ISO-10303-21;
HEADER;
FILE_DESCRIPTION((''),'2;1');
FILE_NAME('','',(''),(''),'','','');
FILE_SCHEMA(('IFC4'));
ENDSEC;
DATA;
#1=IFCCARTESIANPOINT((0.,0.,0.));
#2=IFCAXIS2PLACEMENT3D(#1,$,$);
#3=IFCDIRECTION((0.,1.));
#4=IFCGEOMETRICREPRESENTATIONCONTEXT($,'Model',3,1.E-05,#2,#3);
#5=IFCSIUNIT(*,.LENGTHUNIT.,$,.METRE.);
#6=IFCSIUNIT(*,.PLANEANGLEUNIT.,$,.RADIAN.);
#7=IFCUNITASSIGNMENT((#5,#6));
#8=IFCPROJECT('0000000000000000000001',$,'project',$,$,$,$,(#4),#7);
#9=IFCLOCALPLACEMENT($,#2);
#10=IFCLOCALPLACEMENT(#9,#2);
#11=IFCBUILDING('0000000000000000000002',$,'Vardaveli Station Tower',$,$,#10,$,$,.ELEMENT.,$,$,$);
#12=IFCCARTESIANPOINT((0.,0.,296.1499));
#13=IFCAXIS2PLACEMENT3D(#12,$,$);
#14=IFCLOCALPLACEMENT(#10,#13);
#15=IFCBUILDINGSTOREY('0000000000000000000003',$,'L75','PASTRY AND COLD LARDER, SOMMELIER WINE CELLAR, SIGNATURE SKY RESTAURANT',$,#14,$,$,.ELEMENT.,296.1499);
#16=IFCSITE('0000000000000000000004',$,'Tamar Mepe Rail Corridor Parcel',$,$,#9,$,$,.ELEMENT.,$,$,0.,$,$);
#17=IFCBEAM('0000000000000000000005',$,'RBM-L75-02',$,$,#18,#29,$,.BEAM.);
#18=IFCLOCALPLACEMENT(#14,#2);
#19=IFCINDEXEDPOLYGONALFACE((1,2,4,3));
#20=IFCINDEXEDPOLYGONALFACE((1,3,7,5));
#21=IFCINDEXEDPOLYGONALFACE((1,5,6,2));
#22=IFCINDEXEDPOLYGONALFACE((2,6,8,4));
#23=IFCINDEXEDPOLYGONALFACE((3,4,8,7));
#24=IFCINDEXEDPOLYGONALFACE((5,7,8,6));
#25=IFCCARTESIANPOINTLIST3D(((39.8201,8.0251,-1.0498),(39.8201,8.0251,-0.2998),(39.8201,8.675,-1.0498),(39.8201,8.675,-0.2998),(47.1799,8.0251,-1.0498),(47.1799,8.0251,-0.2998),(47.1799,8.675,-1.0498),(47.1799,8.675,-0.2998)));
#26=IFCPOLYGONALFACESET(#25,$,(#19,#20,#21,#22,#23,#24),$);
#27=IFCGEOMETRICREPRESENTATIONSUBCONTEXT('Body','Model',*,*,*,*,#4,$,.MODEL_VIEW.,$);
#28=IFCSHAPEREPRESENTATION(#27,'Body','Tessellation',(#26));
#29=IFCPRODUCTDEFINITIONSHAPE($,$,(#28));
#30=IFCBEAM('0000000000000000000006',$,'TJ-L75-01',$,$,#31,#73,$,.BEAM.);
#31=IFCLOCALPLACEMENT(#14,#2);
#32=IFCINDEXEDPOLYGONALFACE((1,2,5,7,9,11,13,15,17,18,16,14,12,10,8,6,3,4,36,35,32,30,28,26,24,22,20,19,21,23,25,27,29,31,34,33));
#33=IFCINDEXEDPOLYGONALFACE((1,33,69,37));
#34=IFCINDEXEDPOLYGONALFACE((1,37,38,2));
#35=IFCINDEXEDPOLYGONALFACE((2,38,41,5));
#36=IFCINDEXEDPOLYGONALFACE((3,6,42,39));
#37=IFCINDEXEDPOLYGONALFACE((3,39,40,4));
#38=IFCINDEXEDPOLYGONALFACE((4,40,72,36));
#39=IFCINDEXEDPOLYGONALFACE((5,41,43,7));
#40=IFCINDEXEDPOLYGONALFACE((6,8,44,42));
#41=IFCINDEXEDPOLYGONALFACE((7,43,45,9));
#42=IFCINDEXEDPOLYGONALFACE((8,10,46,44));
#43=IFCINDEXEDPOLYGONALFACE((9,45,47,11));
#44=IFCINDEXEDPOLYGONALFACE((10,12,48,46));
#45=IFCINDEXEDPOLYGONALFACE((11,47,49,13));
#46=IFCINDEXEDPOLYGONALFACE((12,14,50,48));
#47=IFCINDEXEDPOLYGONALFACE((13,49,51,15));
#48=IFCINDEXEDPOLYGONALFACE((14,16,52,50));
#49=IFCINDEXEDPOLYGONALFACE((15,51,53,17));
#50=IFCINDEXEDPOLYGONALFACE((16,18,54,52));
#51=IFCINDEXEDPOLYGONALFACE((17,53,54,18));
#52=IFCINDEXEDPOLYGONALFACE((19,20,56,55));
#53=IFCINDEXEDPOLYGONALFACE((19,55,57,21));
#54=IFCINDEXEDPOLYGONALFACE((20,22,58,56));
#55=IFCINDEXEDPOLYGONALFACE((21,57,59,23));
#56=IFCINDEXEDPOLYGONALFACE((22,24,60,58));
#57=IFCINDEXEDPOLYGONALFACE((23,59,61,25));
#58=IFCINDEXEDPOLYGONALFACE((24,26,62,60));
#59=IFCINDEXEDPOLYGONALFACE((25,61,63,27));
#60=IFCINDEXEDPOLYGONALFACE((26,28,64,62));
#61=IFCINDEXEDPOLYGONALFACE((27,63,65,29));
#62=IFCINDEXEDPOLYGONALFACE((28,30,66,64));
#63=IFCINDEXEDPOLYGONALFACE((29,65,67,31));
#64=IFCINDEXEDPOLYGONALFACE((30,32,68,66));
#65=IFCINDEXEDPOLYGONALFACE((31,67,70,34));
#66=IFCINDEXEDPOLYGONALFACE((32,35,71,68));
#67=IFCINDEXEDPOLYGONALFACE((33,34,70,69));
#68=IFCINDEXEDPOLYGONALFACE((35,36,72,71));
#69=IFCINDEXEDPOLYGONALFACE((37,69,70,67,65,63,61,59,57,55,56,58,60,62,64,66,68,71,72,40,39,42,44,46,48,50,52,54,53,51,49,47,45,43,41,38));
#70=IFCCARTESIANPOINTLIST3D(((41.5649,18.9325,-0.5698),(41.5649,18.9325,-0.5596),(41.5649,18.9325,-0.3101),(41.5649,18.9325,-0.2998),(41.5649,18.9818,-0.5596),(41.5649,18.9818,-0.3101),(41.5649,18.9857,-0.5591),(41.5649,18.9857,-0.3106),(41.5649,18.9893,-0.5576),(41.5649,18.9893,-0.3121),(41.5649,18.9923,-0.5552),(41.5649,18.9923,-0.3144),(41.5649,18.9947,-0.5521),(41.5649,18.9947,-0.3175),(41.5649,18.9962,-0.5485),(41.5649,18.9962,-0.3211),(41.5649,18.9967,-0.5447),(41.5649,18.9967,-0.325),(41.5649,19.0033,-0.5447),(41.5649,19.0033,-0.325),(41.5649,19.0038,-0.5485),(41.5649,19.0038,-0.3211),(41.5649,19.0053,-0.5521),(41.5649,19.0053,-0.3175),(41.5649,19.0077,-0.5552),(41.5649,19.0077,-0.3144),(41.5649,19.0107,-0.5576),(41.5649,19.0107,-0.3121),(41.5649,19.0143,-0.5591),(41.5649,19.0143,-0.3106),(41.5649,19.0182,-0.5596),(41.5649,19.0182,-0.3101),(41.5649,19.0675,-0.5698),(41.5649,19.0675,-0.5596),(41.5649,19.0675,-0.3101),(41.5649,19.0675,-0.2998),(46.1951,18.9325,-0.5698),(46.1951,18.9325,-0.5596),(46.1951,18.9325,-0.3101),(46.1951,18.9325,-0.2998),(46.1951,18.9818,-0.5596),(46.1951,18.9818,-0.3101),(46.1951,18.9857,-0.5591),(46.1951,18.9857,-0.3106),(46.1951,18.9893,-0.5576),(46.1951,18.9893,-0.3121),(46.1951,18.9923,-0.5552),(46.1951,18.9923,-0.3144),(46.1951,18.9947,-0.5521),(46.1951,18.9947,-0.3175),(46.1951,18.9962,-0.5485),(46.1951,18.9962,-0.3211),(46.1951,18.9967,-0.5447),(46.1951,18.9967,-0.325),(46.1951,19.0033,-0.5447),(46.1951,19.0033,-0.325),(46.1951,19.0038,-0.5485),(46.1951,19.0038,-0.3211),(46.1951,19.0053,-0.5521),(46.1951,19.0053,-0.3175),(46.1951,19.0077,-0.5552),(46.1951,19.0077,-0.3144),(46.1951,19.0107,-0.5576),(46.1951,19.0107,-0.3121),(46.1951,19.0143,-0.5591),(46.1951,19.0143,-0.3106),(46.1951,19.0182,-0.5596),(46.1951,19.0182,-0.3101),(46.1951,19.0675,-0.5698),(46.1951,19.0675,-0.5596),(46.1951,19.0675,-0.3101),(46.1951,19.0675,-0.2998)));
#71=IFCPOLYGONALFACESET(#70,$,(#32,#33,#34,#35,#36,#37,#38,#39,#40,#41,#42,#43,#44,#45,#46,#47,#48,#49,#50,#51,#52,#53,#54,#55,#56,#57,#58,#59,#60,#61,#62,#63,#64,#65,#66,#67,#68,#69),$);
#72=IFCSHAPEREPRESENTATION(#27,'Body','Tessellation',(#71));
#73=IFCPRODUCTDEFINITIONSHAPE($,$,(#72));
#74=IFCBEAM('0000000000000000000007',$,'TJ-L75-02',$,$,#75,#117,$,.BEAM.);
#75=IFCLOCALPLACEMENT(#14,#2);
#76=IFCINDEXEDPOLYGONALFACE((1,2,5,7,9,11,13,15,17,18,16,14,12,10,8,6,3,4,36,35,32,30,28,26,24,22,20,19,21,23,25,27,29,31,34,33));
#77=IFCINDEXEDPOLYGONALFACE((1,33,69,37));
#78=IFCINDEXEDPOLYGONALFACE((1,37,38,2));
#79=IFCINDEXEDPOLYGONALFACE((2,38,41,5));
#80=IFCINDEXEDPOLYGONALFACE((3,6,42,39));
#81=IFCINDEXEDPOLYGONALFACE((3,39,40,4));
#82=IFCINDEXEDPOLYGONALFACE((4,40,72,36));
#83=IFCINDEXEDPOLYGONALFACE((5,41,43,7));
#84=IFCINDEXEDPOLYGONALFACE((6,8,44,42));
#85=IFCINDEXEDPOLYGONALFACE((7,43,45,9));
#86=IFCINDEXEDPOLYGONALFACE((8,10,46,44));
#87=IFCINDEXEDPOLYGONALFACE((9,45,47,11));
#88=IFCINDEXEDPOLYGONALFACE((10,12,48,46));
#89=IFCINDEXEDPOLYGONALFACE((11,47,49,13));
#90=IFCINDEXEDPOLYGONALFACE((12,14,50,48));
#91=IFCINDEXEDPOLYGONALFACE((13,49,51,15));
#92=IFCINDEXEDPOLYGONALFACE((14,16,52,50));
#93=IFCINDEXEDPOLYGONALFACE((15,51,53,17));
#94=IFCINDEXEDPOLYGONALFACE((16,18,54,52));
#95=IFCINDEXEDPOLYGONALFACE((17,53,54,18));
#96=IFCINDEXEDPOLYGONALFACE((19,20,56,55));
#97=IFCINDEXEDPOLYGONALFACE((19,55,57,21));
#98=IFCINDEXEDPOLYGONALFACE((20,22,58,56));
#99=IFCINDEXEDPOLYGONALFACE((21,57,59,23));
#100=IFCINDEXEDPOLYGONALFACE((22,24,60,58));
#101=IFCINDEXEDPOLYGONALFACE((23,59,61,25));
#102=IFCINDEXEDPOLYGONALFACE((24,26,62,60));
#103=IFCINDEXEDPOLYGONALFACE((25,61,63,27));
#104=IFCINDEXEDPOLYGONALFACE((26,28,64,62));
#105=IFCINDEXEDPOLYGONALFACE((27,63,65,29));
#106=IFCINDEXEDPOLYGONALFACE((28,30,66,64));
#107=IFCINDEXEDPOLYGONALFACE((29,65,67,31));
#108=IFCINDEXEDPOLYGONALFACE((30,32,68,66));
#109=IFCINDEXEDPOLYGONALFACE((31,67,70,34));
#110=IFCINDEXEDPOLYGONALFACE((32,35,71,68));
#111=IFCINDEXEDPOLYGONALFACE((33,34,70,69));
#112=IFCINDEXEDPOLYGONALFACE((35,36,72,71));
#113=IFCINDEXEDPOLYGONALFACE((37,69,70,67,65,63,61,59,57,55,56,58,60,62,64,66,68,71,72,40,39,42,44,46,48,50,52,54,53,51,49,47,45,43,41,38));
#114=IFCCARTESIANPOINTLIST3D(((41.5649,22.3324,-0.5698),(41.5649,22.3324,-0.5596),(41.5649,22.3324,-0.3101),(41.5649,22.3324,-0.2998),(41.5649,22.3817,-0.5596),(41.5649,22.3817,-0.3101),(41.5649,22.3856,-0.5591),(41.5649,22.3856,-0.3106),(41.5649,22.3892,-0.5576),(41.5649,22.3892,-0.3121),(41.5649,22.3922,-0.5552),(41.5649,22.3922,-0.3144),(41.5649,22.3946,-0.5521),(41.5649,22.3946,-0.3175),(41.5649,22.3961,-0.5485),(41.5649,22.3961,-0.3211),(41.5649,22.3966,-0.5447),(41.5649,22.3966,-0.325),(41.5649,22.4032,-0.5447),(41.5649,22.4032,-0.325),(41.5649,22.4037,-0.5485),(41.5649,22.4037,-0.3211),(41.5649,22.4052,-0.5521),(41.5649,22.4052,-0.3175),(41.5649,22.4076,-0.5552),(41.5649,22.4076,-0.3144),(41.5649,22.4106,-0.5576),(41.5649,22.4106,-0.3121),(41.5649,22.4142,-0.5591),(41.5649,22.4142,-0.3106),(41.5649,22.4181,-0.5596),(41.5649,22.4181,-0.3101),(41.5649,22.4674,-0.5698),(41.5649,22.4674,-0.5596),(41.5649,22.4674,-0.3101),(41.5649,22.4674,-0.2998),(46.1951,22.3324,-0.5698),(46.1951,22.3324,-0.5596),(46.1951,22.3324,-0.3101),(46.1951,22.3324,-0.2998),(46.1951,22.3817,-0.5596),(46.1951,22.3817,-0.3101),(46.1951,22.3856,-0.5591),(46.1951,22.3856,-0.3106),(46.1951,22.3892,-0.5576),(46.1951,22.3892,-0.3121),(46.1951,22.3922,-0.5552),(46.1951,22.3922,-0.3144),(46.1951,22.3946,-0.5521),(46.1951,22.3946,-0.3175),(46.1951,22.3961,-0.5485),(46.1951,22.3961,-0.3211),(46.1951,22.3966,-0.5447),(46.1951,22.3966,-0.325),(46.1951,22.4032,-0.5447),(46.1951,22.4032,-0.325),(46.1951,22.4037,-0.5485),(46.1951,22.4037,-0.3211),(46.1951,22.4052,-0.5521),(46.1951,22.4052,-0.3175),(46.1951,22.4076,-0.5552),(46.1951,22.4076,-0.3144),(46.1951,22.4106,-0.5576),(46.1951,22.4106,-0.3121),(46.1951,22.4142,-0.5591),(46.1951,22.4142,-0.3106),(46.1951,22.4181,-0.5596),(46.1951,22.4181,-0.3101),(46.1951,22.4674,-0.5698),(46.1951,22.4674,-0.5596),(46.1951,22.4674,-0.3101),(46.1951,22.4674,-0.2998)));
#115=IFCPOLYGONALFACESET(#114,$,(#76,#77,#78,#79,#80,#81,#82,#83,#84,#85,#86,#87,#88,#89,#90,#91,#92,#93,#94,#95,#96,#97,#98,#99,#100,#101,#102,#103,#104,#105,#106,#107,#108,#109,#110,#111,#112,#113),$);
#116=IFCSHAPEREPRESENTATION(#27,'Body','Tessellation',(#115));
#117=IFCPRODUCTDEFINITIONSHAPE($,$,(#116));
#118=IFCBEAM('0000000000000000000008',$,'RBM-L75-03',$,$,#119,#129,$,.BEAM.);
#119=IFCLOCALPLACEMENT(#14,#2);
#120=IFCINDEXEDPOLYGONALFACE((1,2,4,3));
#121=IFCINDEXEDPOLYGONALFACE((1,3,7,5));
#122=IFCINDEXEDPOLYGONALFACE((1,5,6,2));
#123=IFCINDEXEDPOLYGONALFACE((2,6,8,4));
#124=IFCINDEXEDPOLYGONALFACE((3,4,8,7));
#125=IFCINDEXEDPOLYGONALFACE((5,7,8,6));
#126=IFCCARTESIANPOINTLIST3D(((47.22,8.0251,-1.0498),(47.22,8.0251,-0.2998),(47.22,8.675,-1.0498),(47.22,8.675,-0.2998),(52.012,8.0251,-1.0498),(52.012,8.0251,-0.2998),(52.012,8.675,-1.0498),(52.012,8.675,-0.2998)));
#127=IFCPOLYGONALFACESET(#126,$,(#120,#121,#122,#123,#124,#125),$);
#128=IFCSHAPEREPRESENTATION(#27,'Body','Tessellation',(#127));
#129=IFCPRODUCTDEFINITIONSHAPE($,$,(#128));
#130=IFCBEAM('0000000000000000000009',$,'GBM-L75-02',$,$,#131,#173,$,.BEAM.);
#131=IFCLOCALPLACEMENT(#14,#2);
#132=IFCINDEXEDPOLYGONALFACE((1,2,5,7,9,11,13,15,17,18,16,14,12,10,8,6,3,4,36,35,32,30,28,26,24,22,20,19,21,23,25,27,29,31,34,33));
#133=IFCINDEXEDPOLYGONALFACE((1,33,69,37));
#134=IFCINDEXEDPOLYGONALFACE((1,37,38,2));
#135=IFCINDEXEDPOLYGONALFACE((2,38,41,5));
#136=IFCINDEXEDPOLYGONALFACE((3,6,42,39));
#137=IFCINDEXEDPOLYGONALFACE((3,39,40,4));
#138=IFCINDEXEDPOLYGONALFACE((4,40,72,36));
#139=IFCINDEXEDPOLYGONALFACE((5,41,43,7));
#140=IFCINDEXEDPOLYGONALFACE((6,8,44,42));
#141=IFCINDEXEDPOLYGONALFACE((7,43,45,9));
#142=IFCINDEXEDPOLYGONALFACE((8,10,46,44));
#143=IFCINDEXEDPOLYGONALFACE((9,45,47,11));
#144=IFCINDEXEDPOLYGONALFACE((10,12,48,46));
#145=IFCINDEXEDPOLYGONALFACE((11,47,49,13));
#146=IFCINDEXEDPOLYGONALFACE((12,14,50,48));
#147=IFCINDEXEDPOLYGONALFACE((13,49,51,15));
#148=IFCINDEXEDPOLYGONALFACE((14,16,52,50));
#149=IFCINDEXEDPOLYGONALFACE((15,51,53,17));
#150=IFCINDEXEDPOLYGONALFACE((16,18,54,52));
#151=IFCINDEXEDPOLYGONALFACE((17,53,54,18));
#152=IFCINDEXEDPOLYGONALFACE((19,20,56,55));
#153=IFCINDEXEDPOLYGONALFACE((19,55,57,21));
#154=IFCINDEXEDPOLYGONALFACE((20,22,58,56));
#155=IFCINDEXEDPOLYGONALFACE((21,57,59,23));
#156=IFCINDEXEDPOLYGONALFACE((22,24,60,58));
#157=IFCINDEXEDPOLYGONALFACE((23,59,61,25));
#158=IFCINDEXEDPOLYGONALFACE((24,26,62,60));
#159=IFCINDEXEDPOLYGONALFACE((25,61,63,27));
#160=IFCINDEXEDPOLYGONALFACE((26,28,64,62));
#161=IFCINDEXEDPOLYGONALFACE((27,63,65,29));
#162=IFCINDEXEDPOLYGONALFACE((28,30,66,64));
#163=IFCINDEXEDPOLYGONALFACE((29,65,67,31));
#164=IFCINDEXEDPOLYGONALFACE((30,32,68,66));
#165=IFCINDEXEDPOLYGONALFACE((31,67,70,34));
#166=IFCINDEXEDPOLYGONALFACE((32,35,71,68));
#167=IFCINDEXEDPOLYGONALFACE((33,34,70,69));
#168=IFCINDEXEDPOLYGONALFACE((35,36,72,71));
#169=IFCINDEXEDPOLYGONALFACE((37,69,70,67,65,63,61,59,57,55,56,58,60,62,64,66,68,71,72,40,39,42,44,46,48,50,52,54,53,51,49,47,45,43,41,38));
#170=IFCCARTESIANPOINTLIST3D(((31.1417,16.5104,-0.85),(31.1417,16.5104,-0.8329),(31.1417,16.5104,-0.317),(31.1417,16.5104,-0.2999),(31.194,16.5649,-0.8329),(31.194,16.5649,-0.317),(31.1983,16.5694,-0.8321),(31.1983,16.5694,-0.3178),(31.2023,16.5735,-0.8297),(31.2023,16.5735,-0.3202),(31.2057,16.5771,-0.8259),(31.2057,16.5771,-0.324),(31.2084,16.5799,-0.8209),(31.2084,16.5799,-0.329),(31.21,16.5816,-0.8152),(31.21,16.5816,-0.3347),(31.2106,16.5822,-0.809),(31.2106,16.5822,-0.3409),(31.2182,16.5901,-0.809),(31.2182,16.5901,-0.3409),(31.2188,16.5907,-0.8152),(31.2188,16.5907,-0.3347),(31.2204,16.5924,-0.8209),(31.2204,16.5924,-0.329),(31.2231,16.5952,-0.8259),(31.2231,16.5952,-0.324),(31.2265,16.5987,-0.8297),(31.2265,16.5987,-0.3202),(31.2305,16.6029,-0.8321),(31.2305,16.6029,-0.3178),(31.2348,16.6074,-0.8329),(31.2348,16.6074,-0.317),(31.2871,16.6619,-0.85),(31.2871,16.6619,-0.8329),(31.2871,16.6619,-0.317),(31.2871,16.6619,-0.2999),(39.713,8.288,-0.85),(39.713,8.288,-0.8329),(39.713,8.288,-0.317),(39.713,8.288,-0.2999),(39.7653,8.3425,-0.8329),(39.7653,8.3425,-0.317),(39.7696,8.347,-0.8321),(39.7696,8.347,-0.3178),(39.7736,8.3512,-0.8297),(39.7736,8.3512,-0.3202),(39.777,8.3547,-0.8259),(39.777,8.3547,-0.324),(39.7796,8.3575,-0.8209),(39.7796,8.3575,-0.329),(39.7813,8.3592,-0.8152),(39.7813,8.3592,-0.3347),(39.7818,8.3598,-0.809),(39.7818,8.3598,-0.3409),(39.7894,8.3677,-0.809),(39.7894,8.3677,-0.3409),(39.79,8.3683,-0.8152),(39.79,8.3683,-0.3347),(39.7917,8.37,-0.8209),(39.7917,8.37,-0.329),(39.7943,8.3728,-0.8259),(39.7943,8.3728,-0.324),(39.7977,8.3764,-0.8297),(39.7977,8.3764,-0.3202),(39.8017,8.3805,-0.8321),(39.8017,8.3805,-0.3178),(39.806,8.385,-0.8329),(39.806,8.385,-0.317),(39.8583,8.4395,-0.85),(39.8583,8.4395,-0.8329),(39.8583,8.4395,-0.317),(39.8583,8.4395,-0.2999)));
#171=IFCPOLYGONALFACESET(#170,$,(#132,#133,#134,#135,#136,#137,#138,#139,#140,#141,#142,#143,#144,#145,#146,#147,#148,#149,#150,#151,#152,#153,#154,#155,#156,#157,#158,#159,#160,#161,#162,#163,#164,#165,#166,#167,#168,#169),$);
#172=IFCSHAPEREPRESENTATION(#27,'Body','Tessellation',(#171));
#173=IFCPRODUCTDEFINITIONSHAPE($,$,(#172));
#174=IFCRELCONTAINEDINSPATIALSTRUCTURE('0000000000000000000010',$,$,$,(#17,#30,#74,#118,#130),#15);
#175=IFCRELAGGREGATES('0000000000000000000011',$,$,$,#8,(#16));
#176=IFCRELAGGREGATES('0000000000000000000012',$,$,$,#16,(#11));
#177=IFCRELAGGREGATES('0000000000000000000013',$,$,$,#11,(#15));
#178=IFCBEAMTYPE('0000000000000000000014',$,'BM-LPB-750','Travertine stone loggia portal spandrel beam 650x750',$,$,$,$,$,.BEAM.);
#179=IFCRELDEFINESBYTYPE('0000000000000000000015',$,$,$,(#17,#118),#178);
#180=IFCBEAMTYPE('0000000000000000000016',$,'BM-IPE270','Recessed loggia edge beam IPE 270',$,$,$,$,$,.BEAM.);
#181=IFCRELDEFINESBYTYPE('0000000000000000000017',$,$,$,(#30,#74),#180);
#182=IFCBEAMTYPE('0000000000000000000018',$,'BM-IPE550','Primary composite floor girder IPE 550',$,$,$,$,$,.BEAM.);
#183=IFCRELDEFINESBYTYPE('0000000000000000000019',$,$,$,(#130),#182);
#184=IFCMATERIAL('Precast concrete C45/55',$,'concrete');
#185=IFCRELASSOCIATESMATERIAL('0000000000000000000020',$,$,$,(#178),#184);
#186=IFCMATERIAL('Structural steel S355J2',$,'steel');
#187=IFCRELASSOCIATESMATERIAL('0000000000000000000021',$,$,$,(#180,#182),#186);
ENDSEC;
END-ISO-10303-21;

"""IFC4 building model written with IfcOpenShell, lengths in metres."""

from ifc_helpers import new_model, si_unit, direction, frame, origin, origin_2d, place, context, subcontext, project, spatial, rectangle, i_section, extrude, source, transform, mapped, material, material_profile, profile_set, type_object, element, save


model = new_model("IFC4")

# Units and contexts
model_context = context("Model", 3, precision=1e-05, world=origin(), true_north=direction((0.0, 1.0)))
body_context = subcontext(model_context, "Body", "Model", "MODEL_VIEW")
ifc_project = project(units=[si_unit("LENGTHUNIT", "METRE"), si_unit("PLANEANGLEUNIT", "RADIAN")], contexts=[model_context])

# Site, building, storey
site_placement = place(None, origin())
site = spatial("IfcSite", under=ifc_project, at=site_placement, Name="Tamar Mepe Rail Corridor Parcel", CompositionType="ELEMENT", RefElevation=0.0)
building_placement = place(site_placement, origin())
building = spatial("IfcBuilding", under=site, at=building_placement, Name="Vardaveli Station Tower", CompositionType="ELEMENT")
storey_placement = place(building_placement, frame((0.0, 0.0, 296.1499)))
storey = spatial("IfcBuildingStorey", under=building, at=storey_placement, Name="L75", Description="PASTRY AND COLD LARDER, SOMMELIER WINE CELLAR, SIGNATURE SKY RESTAURANT", CompositionType="ELEMENT", Elevation=296.1499)

# Shared definitions
ifc_material_1 = material(Name="Structural steel S355J2", Category="steel")

# Beams
ifc_material_2 = material(Name="Precast concrete C45/55", Category="concrete")
ifc_material_profile_1 = material_profile(ifc_material_2, rectangle(XDim=0.6499, YDim=0.75, at=origin_2d()), Name="LPB 650x750")
ifc_profile_set_1 = profile_set([ifc_material_profile_1], Name="Precast concrete C45/55")
beam_type_1 = type_object("IfcBeamType", Name="BM-LPB-750", Description="Travertine stone loggia portal spandrel beam 650x750", PredefinedType="BEAM", material=ifc_profile_set_1)
shared_shape_1 = source(origin(), body_context, "Body", "SweptSolid", [
    extrude(rectangle(XDim=0.6499, YDim=0.75, at=origin_2d()), origin(), (0.0, 0.0, 1.0), 7.3599),
])
beam_1_placement = place(storey_placement, frame((39.8201, 8.3501, -0.6748), z_axis=(1.0, 0.0, 0.0), x_axis=(0.0, 1.0, 0.0)))
element("IfcBeam", 1, at=beam_1_placement, inside=storey, type_object=beam_type_1, Name="RBM-L75-02", PredefinedType="BEAM", context=body_context, shape_type="MappedRepresentation", body=[
    mapped(shared_shape_1, transform((0.0, 0.0, 0.0), scale=1.0)),
])
ifc_material_profile_2 = material_profile(ifc_material_1, i_section(OverallWidth=0.135, OverallDepth=0.27, WebThickness=0.0066, FlangeThickness=0.0103, FilletRadius=0.0149, at=origin_2d()), Name="IPE 270")
ifc_profile_set_2 = profile_set([ifc_material_profile_2], Name="Structural steel S355J2")
beam_type_2 = type_object("IfcBeamType", Name="BM-IPE270", Description="Recessed loggia edge beam IPE 270", PredefinedType="BEAM", material=ifc_profile_set_2)
shared_shape_2 = source(origin(), body_context, "Body", "SweptSolid", [
    extrude(i_section(OverallWidth=0.135, OverallDepth=0.27, WebThickness=0.0066, FlangeThickness=0.0103, FilletRadius=0.0149, at=origin_2d()), origin(), (0.0, 0.0, 1.0), 4.6301),
])
for number, where, z_axis, x_axis, name in (
    (2, (41.5649, 19.0, -0.4348), (1.0, 0.0, 0.0), (0.0, 1.0, 0.0), "TJ-L75-01"),
    (3, (41.5649, 22.3999, -0.4348), (1.0, 0.0, 0.0), (0.0, 1.0, 0.0), "TJ-L75-02"),
):
    element("IfcBeam", number, at=place(storey_placement, frame(where, z_axis=z_axis, x_axis=x_axis)), inside=storey, type_object=beam_type_2, Name=name, PredefinedType="BEAM", context=body_context, shape_type="MappedRepresentation", body=[
        mapped(shared_shape_2, transform((0.0, 0.0, 0.0), scale=1.0)),
    ])
shared_shape_3 = source(origin(), body_context, "Body", "SweptSolid", [
    extrude(rectangle(XDim=0.6499, YDim=0.75, at=origin_2d()), origin(), (0.0, 0.0, 1.0), 4.792),
])
beam_2_placement = place(storey_placement, frame((47.22, 8.3501, -0.6748), z_axis=(1.0, 0.0, 0.0), x_axis=(0.0, 1.0, 0.0)))
element("IfcBeam", 4, at=beam_2_placement, inside=storey, type_object=beam_type_1, Name="RBM-L75-03", PredefinedType="BEAM", context=body_context, shape_type="MappedRepresentation", body=[
    mapped(shared_shape_3, transform((0.0, 0.0, 0.0), scale=1.0)),
])
ifc_material_profile_3 = material_profile(ifc_material_1, i_section(OverallWidth=0.21, OverallDepth=0.55, WebThickness=0.011, FlangeThickness=0.0171, FilletRadius=0.0239, at=origin_2d()), Name="IPE 550")
ifc_profile_set_3 = profile_set([ifc_material_profile_3], Name="Structural steel S355J2")
beam_type_3 = type_object("IfcBeamType", Name="BM-IPE550", Description="Primary composite floor girder IPE 550", PredefinedType="BEAM", material=ifc_profile_set_3)
shared_shape_4 = source(origin(), body_context, "Body", "SweptSolid", [
    extrude(i_section(OverallWidth=0.21, OverallDepth=0.55, WebThickness=0.011, FlangeThickness=0.0171, FilletRadius=0.0239, at=origin_2d()), origin(), (0.0, 0.0, 1.0), 11.8774),
])
beam_3_placement = place(storey_placement, frame((39.7856, 8.3638, -0.575), z_axis=(-0.721641, 0.692268, 0.0), x_axis=(-0.692268, -0.721641, 0.0)))
element("IfcBeam", 5, at=beam_3_placement, inside=storey, type_object=beam_type_3, Name="GBM-L75-02", PredefinedType="BEAM", context=body_context, shape_type="MappedRepresentation", body=[
    mapped(shared_shape_4, transform((0.0, 0.0, 0.0), scale=1.0)),
])

save(model, "model.ifc")
